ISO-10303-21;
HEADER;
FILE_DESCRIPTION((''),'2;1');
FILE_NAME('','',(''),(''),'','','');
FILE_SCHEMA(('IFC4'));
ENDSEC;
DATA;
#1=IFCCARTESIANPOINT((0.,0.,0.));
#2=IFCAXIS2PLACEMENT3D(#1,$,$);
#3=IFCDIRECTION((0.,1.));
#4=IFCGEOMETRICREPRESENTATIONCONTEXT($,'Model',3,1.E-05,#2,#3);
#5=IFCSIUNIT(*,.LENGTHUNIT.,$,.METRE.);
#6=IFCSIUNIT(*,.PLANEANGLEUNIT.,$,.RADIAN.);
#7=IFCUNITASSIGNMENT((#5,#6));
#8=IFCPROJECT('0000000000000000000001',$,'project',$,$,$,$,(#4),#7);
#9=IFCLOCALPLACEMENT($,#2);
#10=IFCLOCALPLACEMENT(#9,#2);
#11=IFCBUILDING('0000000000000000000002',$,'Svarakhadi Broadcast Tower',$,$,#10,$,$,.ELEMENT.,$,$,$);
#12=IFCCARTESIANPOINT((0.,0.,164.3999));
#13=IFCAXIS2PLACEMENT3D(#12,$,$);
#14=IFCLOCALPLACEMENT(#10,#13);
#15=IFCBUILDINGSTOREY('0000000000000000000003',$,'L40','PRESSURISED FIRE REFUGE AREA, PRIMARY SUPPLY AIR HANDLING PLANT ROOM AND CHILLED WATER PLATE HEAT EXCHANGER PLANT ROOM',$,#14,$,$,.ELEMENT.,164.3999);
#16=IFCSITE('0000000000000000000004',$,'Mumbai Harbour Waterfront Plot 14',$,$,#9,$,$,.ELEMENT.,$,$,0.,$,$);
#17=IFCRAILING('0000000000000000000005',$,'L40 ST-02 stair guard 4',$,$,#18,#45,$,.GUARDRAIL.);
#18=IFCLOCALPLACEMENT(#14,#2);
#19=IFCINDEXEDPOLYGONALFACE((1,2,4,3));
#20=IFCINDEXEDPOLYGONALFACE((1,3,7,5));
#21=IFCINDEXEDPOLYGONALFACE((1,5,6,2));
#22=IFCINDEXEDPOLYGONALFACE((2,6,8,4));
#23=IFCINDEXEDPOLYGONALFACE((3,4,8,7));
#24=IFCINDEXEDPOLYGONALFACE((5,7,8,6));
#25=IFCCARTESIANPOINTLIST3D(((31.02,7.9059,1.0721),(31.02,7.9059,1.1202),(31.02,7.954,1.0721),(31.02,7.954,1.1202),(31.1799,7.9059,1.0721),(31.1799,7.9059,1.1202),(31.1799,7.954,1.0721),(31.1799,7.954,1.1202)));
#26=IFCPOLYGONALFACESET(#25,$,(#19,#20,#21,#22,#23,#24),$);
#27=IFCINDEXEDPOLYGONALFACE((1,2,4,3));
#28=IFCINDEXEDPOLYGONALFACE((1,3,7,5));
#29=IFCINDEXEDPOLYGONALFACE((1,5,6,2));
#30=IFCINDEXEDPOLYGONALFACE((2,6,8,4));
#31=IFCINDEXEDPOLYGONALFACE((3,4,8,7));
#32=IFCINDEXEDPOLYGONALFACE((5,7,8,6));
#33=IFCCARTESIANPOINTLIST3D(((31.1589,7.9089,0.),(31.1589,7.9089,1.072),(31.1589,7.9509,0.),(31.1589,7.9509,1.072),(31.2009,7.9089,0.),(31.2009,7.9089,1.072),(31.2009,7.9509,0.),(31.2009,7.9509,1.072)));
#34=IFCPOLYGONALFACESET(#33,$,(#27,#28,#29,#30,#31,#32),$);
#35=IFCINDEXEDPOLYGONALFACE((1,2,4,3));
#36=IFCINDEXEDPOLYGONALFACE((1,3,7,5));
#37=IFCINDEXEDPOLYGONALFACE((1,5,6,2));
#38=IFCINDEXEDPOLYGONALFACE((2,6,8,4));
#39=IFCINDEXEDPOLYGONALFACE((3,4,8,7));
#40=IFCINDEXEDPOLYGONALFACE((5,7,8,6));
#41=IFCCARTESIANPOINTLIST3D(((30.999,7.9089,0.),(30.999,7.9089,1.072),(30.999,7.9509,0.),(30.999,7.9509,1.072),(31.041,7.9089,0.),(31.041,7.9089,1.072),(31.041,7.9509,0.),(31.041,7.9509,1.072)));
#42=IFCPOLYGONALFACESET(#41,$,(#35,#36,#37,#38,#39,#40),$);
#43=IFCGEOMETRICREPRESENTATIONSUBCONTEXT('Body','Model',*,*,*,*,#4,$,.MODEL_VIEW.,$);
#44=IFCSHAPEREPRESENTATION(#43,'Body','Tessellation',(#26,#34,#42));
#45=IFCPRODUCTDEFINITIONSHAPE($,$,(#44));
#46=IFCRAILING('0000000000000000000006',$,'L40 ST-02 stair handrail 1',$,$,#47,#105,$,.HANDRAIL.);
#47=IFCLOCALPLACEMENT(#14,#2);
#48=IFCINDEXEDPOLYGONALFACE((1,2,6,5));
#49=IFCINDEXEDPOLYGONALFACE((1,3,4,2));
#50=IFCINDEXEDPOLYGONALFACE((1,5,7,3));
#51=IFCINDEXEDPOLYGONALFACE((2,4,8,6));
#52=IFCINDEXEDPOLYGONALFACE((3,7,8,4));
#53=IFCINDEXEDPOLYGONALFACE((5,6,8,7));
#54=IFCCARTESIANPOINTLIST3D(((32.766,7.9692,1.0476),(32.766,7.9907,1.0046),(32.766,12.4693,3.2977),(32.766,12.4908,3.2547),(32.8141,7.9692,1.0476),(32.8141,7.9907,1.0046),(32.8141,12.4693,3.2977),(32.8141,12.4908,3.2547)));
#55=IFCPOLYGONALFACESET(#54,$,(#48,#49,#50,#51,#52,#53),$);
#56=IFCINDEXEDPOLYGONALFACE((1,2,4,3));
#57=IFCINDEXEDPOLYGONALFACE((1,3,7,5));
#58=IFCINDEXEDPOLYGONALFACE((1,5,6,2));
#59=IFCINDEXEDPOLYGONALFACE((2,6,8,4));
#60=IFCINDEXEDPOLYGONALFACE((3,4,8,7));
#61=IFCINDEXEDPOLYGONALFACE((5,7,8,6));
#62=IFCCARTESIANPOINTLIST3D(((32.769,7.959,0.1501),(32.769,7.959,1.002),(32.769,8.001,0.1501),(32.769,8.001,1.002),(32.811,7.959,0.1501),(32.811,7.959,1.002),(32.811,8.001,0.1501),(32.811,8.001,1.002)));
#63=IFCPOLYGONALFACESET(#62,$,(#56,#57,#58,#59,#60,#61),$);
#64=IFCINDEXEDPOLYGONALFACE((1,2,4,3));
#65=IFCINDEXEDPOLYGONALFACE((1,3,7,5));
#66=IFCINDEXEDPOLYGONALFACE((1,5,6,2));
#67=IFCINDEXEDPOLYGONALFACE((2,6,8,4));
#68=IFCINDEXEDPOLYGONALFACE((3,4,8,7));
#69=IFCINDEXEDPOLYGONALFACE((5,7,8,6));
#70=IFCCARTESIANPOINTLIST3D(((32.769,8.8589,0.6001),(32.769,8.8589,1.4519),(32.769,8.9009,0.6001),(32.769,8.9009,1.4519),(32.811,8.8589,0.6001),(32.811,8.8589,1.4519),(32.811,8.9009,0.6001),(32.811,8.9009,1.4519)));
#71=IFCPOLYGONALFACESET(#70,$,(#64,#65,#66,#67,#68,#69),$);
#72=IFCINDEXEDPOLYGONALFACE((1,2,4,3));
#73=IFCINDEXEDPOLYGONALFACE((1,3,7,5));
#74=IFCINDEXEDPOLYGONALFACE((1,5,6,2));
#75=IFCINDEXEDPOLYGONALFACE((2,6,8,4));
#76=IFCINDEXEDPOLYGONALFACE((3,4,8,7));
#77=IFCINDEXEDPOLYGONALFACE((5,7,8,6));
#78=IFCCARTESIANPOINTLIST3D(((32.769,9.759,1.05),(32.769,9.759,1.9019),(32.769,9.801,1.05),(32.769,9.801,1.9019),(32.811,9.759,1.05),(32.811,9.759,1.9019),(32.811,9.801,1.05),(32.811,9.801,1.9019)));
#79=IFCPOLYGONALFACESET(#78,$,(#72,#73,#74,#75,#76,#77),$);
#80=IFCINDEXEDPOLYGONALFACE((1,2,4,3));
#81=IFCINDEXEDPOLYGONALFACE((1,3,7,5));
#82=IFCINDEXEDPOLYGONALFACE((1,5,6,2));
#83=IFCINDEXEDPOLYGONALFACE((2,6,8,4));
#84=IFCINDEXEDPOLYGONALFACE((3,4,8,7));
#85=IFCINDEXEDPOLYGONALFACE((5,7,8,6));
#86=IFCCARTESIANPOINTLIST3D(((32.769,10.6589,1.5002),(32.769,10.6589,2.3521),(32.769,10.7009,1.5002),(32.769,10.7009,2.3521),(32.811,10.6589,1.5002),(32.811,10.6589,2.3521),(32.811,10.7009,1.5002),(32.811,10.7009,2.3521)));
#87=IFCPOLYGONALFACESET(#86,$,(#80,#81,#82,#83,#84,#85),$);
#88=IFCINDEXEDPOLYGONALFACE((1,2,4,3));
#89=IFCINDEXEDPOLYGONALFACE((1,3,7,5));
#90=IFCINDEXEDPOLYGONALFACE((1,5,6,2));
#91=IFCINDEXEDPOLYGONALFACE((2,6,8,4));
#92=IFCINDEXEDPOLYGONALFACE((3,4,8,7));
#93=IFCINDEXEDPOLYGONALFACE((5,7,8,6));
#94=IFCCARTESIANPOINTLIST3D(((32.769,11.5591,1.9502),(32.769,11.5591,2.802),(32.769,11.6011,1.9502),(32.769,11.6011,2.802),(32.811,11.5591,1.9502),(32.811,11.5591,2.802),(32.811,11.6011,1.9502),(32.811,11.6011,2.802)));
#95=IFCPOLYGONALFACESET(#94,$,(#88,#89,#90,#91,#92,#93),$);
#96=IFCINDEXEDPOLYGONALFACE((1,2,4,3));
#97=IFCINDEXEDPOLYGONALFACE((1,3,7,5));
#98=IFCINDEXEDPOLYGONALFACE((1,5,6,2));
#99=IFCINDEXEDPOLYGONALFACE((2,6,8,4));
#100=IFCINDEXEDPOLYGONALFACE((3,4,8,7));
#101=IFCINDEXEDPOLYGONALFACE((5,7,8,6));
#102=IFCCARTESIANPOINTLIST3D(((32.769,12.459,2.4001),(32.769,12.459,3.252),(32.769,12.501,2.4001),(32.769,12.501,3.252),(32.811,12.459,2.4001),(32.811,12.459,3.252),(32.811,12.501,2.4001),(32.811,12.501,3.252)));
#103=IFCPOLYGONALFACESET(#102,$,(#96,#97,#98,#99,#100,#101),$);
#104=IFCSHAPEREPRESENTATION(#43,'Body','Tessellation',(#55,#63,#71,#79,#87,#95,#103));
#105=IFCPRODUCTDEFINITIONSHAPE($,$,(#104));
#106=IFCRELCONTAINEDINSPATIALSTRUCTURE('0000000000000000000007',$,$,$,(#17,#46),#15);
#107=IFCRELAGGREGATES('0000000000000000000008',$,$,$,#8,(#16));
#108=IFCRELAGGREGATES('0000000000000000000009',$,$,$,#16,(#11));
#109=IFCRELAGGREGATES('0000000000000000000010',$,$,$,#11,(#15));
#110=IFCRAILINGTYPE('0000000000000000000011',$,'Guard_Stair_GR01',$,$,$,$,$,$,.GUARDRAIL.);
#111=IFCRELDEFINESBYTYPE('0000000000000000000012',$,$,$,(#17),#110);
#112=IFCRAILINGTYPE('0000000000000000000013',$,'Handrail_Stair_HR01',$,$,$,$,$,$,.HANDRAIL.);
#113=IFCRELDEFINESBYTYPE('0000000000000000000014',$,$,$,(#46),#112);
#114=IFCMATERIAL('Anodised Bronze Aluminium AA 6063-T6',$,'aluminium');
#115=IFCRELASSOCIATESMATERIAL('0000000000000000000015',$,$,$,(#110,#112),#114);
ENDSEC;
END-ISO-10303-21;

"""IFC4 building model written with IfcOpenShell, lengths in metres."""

from ifc_helpers import new_model, si_unit, direction, frame, origin, origin_2d, place, context, subcontext, project, spatial, rectangle, extrude, material, type_object, element, save


model = new_model("IFC4")

# Units and contexts
model_context = context("Model", 3, precision=1e-05, world=origin(), true_north=direction((0.0, 1.0)))
body_context = subcontext(model_context, "Body", "Model", "MODEL_VIEW")
ifc_project = project(units=[si_unit("LENGTHUNIT", "METRE"), si_unit("PLANEANGLEUNIT", "RADIAN")], contexts=[model_context])

# Site, building, storey
site_placement = place(None, origin())
site = spatial("IfcSite", under=ifc_project, at=site_placement, Name="Mumbai Harbour Waterfront Plot 14", CompositionType="ELEMENT", RefElevation=0.0)
building_placement = place(site_placement, origin())
building = spatial("IfcBuilding", under=site, at=building_placement, Name="Svarakhadi Broadcast Tower", CompositionType="ELEMENT")
storey_placement = place(building_placement, frame((0.0, 0.0, 164.3999)))
storey = spatial("IfcBuildingStorey", under=building, at=storey_placement, Name="L40", Description="PRESSURISED FIRE REFUGE AREA, PRIMARY SUPPLY AIR HANDLING PLANT ROOM AND CHILLED WATER PLATE HEAT EXCHANGER PLANT ROOM", CompositionType="ELEMENT", Elevation=164.3999)

# Railings
ifc_material_1 = material(Name="Anodised Bronze Aluminium AA 6063-T6", Category="aluminium")
railing_type_1 = type_object("IfcRailingType", Name="Guard_Stair_GR01", PredefinedType="GUARDRAIL", material=ifc_material_1)
railing_1_placement = place(storey_placement, frame((31.1799, 7.9299, 0.0)))
element("IfcRailing", 1, at=railing_1_placement, inside=storey, type_object=railing_type_1, Name="L40 ST-02 stair guard 4", PredefinedType="GUARDRAIL", context=body_context, shape_type="SweptSolid", body=[
    extrude(rectangle(XDim=0.0481, YDim=0.0481, at=origin_2d()), frame((0.0, 0.0, 1.0962), z_axis=(-1.0, 0.0, 0.0), x_axis=(0.0, -1.0, 0.0)), (0.0, 0.0, 1.0), 0.1599),
    extrude(rectangle(XDim=0.042, YDim=0.042, at=origin_2d()), origin(), (0.0, 0.0, 1.0), 1.072),
    extrude(rectangle(XDim=0.042, YDim=0.042, at=origin_2d()), frame((-0.1599, 0.0, 0.0)), (0.0, 0.0, 1.0), 1.072),
])
railing_type_2 = type_object("IfcRailingType", Name="Handrail_Stair_HR01", PredefinedType="HANDRAIL", material=ifc_material_1)
railing_2_placement = place(storey_placement, frame((32.79, 7.98, 0.1501)))
element("IfcRailing", 2, at=railing_2_placement, inside=storey, type_object=railing_type_2, Name="L40 ST-02 stair handrail 1", PredefinedType="HANDRAIL", context=body_context, shape_type="SweptSolid", body=[
    extrude(rectangle(XDim=0.0481, YDim=0.0481, at=origin_2d()), frame((0.0, 0.0, 0.876), z_axis=(0.0, 0.894427, 0.447214), x_axis=(-1.0, 0.0, 0.0)), (0.0, 0.0, 1.0), 5.0312),
    extrude(rectangle(XDim=0.042, YDim=0.042, at=origin_2d()), origin(), (0.0, 0.0, 1.0), 0.8518),
    extrude(rectangle(XDim=0.042, YDim=0.042, at=origin_2d()), frame((0.0, 0.8999, 0.45)), (0.0, 0.0, 1.0), 0.8518),
    extrude(rectangle(XDim=0.042, YDim=0.042, at=origin_2d()), frame((0.0, 1.8, 0.8999)), (0.0, 0.0, 1.0), 0.8518),
    extrude(rectangle(XDim=0.042, YDim=0.042, at=origin_2d()), frame((0.0, 2.7, 1.3501)), (0.0, 0.0, 1.0), 0.8518),
    extrude(rectangle(XDim=0.042, YDim=0.042, at=origin_2d()), frame((0.0, 3.6001, 1.8)), (0.0, 0.0, 1.0), 0.8518),
    extrude(rectangle(XDim=0.042, YDim=0.042, at=origin_2d()), frame((0.0, 4.5, 2.25)), (0.0, 0.0, 1.0), 0.8518),
])

save(model, "model.ifc")
